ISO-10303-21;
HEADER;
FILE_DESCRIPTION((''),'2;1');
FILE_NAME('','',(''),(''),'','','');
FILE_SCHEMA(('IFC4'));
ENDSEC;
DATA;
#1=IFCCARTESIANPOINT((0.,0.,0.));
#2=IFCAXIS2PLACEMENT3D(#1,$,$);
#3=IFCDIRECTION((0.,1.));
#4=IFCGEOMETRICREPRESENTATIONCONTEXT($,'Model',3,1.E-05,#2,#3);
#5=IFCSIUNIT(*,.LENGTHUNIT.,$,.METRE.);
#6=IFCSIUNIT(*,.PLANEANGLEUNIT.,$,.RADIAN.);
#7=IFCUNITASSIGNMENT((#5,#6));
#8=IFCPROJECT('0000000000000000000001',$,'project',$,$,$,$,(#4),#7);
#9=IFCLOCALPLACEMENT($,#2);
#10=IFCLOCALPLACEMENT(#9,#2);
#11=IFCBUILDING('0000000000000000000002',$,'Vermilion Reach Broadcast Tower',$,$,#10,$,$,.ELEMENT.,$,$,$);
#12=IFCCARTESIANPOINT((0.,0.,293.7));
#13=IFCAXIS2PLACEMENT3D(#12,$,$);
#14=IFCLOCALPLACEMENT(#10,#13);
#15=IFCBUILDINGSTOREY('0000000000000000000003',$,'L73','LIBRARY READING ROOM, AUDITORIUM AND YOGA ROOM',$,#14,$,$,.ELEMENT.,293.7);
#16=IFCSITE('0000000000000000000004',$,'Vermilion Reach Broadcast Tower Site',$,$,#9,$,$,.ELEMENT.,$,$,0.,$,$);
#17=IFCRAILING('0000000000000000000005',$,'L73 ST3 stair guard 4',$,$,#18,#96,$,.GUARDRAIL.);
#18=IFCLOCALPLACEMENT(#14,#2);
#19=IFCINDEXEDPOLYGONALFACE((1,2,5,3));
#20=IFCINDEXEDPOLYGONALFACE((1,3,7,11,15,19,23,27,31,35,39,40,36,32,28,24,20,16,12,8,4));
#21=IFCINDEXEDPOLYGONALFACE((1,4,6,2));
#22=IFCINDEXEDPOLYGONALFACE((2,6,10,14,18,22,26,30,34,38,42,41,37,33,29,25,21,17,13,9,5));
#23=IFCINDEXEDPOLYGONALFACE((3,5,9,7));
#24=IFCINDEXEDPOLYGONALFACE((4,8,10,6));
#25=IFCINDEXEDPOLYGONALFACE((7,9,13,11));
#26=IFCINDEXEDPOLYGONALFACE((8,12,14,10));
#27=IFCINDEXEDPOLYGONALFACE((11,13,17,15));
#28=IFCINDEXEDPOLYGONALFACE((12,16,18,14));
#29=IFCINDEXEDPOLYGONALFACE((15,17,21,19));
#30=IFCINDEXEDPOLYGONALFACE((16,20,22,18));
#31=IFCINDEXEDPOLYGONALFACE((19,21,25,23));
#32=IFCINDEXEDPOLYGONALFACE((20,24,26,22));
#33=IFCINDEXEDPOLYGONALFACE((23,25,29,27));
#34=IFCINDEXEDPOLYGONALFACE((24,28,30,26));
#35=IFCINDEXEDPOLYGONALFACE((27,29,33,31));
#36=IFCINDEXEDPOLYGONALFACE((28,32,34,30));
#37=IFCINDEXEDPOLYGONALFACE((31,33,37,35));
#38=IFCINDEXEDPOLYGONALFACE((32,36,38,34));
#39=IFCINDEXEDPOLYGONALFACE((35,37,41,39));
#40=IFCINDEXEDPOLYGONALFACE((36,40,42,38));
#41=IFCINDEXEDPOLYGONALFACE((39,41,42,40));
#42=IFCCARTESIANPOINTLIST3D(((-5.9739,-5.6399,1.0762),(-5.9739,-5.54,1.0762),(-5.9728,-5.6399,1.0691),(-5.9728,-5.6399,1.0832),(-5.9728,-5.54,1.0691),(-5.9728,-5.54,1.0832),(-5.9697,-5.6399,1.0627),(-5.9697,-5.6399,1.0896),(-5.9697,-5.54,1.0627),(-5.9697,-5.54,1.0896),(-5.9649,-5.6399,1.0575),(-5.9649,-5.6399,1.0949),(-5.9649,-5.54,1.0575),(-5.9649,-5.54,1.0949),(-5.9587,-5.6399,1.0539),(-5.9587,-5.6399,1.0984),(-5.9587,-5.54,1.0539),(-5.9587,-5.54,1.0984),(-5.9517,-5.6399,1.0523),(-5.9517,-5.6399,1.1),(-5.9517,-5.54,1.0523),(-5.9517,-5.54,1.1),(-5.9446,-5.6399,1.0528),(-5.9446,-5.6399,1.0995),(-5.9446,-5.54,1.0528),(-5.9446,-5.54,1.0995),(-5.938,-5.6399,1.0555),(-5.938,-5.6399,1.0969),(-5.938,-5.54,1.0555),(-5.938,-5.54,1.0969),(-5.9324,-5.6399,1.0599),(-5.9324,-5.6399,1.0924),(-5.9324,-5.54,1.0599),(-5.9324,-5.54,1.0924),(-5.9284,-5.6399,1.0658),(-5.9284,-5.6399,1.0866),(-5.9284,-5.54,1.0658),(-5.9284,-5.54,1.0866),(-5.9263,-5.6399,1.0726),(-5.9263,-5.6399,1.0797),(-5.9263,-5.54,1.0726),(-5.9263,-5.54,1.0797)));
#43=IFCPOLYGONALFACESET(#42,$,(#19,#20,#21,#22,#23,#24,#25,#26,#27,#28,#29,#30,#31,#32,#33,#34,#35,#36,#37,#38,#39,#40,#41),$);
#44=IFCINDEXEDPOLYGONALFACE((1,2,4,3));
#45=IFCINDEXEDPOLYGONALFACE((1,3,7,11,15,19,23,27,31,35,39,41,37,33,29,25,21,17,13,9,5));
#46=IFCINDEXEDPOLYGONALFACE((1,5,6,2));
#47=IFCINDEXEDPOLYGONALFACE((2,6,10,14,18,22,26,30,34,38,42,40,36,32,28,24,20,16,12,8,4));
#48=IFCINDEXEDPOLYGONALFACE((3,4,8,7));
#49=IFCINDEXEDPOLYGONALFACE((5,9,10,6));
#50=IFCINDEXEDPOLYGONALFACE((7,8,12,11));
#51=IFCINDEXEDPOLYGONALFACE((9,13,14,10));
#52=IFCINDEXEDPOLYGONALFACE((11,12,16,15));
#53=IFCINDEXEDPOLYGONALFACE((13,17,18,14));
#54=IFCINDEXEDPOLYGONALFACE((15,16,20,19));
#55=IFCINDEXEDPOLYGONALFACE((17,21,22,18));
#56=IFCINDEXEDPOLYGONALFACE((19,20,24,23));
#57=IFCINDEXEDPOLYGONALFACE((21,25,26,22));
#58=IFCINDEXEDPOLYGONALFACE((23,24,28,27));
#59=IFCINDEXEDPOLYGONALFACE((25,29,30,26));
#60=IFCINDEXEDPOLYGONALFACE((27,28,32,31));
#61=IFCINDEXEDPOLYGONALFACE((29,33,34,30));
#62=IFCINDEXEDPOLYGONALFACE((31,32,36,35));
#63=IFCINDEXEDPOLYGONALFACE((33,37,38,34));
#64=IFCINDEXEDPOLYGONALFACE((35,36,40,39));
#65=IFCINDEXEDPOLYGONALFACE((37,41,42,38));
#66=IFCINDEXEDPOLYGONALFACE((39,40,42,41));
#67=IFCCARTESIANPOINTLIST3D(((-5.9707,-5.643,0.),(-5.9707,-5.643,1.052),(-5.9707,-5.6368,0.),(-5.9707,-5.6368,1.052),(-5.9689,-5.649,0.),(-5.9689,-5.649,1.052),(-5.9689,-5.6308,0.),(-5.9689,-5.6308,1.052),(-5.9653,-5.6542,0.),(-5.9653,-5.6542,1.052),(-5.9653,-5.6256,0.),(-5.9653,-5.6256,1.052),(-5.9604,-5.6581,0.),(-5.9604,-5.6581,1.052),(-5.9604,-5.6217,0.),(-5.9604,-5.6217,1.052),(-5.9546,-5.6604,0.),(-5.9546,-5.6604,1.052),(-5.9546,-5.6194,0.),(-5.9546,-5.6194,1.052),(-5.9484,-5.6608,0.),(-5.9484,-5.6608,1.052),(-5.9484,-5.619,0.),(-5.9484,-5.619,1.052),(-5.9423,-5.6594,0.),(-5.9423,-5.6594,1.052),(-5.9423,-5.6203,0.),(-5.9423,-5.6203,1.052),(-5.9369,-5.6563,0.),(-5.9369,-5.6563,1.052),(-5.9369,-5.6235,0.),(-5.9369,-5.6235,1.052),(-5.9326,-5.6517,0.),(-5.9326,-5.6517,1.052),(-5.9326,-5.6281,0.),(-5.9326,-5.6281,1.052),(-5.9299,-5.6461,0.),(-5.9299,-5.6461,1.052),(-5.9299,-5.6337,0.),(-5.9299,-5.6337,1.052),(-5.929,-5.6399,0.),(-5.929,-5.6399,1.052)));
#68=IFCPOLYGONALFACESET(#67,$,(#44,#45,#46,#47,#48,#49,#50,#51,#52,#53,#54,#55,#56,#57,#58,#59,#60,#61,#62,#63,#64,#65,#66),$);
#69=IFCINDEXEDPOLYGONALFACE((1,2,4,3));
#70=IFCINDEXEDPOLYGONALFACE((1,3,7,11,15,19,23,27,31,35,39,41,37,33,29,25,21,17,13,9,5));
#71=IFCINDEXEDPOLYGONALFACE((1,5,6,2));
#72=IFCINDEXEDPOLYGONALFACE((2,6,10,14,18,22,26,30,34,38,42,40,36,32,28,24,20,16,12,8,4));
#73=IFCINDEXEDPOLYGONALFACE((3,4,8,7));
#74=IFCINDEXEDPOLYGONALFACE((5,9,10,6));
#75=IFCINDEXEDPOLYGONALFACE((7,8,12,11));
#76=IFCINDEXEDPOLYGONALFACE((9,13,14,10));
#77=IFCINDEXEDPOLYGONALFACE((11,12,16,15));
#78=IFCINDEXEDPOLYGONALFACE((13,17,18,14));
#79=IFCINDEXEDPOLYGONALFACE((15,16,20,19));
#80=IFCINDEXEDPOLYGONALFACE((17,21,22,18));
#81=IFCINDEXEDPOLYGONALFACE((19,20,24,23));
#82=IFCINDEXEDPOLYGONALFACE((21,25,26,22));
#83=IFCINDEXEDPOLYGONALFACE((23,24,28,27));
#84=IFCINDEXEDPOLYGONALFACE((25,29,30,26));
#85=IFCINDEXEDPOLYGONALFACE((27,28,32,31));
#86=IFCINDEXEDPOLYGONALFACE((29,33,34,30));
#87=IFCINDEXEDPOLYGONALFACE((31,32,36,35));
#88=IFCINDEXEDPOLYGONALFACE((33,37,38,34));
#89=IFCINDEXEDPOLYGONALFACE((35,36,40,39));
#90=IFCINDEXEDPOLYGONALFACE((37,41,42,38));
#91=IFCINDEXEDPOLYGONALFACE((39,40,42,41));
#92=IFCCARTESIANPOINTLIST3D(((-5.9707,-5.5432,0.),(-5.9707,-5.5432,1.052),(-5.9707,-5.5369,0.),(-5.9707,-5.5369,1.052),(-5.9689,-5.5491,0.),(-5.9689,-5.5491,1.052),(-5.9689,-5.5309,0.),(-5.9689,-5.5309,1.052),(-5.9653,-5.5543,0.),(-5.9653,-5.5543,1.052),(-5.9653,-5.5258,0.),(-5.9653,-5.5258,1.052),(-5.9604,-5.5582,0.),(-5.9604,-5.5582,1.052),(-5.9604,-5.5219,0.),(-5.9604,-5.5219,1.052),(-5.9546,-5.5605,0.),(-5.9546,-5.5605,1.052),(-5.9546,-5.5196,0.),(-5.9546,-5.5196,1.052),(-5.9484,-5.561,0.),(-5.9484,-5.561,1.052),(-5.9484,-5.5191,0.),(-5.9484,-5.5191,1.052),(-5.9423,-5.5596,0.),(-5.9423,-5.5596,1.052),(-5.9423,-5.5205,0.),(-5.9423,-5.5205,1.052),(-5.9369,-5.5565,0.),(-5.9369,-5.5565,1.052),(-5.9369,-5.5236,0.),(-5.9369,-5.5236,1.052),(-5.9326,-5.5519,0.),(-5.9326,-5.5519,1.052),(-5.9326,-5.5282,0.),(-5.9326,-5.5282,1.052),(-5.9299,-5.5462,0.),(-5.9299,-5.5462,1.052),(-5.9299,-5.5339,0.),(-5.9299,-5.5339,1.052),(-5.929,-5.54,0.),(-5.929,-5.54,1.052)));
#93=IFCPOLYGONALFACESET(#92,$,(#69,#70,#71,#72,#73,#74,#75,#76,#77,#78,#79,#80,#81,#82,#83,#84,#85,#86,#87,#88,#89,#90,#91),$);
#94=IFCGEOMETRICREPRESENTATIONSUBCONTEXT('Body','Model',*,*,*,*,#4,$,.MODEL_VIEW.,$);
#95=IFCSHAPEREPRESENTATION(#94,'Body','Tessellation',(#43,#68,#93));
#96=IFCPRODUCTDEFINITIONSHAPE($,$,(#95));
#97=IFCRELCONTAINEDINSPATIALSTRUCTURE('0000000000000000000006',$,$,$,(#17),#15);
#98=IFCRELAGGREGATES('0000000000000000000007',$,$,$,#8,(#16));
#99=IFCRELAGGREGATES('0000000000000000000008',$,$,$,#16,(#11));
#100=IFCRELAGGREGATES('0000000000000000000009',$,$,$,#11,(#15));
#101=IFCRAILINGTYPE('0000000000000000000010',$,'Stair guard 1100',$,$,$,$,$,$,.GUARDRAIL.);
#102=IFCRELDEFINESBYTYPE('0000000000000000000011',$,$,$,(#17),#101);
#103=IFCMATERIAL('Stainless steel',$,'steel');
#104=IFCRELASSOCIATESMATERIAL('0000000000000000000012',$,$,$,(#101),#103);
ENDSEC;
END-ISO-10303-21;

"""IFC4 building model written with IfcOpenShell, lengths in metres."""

from ifc_helpers import new_model, si_unit, direction, frame, origin, origin_2d, place, context, subcontext, project, spatial, circle, extrude, material, type_object, element, save


model = new_model("IFC4")

# Units and contexts
model_context = context("Model", 3, precision=1e-05, world=origin(), true_north=direction((0.0, 1.0)))
body_context = subcontext(model_context, "Body", "Model", "MODEL_VIEW")
ifc_project = project(units=[si_unit("LENGTHUNIT", "METRE"), si_unit("PLANEANGLEUNIT", "RADIAN")], contexts=[model_context])

# Site, building, storey
site_placement = place(None, origin())
site = spatial("IfcSite", under=ifc_project, at=site_placement, Name="Vermilion Reach Broadcast Tower Site", CompositionType="ELEMENT", RefElevation=0.0)
building_placement = place(site_placement, origin())
building = spatial("IfcBuilding", under=site, at=building_placement, Name="Vermilion Reach Broadcast Tower", CompositionType="ELEMENT")
storey_placement = place(building_placement, frame((0.0, 0.0, 293.7)))
storey = spatial("IfcBuildingStorey", under=building, at=storey_placement, Name="L73", Description="LIBRARY READING ROOM, AUDITORIUM AND YOGA ROOM", CompositionType="ELEMENT", Elevation=293.7)

# Railing
ifc_material_1 = material(Name="Stainless steel", Category="steel")
railing_type_1 = type_object("IfcRailingType", Name="Stair guard 1100", PredefinedType="GUARDRAIL", material=ifc_material_1)
railing_1_placement = place(storey_placement, frame((-5.95, -5.6399, 0.0)))
element("IfcRailing", 1, at=railing_1_placement, inside=storey, type_object=railing_type_1, Name="L73 ST3 stair guard 4", PredefinedType="GUARDRAIL", context=body_context, shape_type="SweptSolid", body=[
    extrude(circle(Radius=0.0239, at=origin_2d()), frame((0.0, 0.0, 1.0762), z_axis=(0.0, 1.0, 0.0), x_axis=(-1.0, 0.0, 0.0)), (0.0, 0.0, 1.0), 0.0999),
    extrude(circle(Radius=0.021, at=origin_2d()), origin(), (0.0, 0.0, 1.0), 1.052),
    extrude(circle(Radius=0.021, at=origin_2d()), frame((0.0, 0.0999, 0.0)), (0.0, 0.0, 1.0), 1.052),
])

save(model, "model.ifc")
